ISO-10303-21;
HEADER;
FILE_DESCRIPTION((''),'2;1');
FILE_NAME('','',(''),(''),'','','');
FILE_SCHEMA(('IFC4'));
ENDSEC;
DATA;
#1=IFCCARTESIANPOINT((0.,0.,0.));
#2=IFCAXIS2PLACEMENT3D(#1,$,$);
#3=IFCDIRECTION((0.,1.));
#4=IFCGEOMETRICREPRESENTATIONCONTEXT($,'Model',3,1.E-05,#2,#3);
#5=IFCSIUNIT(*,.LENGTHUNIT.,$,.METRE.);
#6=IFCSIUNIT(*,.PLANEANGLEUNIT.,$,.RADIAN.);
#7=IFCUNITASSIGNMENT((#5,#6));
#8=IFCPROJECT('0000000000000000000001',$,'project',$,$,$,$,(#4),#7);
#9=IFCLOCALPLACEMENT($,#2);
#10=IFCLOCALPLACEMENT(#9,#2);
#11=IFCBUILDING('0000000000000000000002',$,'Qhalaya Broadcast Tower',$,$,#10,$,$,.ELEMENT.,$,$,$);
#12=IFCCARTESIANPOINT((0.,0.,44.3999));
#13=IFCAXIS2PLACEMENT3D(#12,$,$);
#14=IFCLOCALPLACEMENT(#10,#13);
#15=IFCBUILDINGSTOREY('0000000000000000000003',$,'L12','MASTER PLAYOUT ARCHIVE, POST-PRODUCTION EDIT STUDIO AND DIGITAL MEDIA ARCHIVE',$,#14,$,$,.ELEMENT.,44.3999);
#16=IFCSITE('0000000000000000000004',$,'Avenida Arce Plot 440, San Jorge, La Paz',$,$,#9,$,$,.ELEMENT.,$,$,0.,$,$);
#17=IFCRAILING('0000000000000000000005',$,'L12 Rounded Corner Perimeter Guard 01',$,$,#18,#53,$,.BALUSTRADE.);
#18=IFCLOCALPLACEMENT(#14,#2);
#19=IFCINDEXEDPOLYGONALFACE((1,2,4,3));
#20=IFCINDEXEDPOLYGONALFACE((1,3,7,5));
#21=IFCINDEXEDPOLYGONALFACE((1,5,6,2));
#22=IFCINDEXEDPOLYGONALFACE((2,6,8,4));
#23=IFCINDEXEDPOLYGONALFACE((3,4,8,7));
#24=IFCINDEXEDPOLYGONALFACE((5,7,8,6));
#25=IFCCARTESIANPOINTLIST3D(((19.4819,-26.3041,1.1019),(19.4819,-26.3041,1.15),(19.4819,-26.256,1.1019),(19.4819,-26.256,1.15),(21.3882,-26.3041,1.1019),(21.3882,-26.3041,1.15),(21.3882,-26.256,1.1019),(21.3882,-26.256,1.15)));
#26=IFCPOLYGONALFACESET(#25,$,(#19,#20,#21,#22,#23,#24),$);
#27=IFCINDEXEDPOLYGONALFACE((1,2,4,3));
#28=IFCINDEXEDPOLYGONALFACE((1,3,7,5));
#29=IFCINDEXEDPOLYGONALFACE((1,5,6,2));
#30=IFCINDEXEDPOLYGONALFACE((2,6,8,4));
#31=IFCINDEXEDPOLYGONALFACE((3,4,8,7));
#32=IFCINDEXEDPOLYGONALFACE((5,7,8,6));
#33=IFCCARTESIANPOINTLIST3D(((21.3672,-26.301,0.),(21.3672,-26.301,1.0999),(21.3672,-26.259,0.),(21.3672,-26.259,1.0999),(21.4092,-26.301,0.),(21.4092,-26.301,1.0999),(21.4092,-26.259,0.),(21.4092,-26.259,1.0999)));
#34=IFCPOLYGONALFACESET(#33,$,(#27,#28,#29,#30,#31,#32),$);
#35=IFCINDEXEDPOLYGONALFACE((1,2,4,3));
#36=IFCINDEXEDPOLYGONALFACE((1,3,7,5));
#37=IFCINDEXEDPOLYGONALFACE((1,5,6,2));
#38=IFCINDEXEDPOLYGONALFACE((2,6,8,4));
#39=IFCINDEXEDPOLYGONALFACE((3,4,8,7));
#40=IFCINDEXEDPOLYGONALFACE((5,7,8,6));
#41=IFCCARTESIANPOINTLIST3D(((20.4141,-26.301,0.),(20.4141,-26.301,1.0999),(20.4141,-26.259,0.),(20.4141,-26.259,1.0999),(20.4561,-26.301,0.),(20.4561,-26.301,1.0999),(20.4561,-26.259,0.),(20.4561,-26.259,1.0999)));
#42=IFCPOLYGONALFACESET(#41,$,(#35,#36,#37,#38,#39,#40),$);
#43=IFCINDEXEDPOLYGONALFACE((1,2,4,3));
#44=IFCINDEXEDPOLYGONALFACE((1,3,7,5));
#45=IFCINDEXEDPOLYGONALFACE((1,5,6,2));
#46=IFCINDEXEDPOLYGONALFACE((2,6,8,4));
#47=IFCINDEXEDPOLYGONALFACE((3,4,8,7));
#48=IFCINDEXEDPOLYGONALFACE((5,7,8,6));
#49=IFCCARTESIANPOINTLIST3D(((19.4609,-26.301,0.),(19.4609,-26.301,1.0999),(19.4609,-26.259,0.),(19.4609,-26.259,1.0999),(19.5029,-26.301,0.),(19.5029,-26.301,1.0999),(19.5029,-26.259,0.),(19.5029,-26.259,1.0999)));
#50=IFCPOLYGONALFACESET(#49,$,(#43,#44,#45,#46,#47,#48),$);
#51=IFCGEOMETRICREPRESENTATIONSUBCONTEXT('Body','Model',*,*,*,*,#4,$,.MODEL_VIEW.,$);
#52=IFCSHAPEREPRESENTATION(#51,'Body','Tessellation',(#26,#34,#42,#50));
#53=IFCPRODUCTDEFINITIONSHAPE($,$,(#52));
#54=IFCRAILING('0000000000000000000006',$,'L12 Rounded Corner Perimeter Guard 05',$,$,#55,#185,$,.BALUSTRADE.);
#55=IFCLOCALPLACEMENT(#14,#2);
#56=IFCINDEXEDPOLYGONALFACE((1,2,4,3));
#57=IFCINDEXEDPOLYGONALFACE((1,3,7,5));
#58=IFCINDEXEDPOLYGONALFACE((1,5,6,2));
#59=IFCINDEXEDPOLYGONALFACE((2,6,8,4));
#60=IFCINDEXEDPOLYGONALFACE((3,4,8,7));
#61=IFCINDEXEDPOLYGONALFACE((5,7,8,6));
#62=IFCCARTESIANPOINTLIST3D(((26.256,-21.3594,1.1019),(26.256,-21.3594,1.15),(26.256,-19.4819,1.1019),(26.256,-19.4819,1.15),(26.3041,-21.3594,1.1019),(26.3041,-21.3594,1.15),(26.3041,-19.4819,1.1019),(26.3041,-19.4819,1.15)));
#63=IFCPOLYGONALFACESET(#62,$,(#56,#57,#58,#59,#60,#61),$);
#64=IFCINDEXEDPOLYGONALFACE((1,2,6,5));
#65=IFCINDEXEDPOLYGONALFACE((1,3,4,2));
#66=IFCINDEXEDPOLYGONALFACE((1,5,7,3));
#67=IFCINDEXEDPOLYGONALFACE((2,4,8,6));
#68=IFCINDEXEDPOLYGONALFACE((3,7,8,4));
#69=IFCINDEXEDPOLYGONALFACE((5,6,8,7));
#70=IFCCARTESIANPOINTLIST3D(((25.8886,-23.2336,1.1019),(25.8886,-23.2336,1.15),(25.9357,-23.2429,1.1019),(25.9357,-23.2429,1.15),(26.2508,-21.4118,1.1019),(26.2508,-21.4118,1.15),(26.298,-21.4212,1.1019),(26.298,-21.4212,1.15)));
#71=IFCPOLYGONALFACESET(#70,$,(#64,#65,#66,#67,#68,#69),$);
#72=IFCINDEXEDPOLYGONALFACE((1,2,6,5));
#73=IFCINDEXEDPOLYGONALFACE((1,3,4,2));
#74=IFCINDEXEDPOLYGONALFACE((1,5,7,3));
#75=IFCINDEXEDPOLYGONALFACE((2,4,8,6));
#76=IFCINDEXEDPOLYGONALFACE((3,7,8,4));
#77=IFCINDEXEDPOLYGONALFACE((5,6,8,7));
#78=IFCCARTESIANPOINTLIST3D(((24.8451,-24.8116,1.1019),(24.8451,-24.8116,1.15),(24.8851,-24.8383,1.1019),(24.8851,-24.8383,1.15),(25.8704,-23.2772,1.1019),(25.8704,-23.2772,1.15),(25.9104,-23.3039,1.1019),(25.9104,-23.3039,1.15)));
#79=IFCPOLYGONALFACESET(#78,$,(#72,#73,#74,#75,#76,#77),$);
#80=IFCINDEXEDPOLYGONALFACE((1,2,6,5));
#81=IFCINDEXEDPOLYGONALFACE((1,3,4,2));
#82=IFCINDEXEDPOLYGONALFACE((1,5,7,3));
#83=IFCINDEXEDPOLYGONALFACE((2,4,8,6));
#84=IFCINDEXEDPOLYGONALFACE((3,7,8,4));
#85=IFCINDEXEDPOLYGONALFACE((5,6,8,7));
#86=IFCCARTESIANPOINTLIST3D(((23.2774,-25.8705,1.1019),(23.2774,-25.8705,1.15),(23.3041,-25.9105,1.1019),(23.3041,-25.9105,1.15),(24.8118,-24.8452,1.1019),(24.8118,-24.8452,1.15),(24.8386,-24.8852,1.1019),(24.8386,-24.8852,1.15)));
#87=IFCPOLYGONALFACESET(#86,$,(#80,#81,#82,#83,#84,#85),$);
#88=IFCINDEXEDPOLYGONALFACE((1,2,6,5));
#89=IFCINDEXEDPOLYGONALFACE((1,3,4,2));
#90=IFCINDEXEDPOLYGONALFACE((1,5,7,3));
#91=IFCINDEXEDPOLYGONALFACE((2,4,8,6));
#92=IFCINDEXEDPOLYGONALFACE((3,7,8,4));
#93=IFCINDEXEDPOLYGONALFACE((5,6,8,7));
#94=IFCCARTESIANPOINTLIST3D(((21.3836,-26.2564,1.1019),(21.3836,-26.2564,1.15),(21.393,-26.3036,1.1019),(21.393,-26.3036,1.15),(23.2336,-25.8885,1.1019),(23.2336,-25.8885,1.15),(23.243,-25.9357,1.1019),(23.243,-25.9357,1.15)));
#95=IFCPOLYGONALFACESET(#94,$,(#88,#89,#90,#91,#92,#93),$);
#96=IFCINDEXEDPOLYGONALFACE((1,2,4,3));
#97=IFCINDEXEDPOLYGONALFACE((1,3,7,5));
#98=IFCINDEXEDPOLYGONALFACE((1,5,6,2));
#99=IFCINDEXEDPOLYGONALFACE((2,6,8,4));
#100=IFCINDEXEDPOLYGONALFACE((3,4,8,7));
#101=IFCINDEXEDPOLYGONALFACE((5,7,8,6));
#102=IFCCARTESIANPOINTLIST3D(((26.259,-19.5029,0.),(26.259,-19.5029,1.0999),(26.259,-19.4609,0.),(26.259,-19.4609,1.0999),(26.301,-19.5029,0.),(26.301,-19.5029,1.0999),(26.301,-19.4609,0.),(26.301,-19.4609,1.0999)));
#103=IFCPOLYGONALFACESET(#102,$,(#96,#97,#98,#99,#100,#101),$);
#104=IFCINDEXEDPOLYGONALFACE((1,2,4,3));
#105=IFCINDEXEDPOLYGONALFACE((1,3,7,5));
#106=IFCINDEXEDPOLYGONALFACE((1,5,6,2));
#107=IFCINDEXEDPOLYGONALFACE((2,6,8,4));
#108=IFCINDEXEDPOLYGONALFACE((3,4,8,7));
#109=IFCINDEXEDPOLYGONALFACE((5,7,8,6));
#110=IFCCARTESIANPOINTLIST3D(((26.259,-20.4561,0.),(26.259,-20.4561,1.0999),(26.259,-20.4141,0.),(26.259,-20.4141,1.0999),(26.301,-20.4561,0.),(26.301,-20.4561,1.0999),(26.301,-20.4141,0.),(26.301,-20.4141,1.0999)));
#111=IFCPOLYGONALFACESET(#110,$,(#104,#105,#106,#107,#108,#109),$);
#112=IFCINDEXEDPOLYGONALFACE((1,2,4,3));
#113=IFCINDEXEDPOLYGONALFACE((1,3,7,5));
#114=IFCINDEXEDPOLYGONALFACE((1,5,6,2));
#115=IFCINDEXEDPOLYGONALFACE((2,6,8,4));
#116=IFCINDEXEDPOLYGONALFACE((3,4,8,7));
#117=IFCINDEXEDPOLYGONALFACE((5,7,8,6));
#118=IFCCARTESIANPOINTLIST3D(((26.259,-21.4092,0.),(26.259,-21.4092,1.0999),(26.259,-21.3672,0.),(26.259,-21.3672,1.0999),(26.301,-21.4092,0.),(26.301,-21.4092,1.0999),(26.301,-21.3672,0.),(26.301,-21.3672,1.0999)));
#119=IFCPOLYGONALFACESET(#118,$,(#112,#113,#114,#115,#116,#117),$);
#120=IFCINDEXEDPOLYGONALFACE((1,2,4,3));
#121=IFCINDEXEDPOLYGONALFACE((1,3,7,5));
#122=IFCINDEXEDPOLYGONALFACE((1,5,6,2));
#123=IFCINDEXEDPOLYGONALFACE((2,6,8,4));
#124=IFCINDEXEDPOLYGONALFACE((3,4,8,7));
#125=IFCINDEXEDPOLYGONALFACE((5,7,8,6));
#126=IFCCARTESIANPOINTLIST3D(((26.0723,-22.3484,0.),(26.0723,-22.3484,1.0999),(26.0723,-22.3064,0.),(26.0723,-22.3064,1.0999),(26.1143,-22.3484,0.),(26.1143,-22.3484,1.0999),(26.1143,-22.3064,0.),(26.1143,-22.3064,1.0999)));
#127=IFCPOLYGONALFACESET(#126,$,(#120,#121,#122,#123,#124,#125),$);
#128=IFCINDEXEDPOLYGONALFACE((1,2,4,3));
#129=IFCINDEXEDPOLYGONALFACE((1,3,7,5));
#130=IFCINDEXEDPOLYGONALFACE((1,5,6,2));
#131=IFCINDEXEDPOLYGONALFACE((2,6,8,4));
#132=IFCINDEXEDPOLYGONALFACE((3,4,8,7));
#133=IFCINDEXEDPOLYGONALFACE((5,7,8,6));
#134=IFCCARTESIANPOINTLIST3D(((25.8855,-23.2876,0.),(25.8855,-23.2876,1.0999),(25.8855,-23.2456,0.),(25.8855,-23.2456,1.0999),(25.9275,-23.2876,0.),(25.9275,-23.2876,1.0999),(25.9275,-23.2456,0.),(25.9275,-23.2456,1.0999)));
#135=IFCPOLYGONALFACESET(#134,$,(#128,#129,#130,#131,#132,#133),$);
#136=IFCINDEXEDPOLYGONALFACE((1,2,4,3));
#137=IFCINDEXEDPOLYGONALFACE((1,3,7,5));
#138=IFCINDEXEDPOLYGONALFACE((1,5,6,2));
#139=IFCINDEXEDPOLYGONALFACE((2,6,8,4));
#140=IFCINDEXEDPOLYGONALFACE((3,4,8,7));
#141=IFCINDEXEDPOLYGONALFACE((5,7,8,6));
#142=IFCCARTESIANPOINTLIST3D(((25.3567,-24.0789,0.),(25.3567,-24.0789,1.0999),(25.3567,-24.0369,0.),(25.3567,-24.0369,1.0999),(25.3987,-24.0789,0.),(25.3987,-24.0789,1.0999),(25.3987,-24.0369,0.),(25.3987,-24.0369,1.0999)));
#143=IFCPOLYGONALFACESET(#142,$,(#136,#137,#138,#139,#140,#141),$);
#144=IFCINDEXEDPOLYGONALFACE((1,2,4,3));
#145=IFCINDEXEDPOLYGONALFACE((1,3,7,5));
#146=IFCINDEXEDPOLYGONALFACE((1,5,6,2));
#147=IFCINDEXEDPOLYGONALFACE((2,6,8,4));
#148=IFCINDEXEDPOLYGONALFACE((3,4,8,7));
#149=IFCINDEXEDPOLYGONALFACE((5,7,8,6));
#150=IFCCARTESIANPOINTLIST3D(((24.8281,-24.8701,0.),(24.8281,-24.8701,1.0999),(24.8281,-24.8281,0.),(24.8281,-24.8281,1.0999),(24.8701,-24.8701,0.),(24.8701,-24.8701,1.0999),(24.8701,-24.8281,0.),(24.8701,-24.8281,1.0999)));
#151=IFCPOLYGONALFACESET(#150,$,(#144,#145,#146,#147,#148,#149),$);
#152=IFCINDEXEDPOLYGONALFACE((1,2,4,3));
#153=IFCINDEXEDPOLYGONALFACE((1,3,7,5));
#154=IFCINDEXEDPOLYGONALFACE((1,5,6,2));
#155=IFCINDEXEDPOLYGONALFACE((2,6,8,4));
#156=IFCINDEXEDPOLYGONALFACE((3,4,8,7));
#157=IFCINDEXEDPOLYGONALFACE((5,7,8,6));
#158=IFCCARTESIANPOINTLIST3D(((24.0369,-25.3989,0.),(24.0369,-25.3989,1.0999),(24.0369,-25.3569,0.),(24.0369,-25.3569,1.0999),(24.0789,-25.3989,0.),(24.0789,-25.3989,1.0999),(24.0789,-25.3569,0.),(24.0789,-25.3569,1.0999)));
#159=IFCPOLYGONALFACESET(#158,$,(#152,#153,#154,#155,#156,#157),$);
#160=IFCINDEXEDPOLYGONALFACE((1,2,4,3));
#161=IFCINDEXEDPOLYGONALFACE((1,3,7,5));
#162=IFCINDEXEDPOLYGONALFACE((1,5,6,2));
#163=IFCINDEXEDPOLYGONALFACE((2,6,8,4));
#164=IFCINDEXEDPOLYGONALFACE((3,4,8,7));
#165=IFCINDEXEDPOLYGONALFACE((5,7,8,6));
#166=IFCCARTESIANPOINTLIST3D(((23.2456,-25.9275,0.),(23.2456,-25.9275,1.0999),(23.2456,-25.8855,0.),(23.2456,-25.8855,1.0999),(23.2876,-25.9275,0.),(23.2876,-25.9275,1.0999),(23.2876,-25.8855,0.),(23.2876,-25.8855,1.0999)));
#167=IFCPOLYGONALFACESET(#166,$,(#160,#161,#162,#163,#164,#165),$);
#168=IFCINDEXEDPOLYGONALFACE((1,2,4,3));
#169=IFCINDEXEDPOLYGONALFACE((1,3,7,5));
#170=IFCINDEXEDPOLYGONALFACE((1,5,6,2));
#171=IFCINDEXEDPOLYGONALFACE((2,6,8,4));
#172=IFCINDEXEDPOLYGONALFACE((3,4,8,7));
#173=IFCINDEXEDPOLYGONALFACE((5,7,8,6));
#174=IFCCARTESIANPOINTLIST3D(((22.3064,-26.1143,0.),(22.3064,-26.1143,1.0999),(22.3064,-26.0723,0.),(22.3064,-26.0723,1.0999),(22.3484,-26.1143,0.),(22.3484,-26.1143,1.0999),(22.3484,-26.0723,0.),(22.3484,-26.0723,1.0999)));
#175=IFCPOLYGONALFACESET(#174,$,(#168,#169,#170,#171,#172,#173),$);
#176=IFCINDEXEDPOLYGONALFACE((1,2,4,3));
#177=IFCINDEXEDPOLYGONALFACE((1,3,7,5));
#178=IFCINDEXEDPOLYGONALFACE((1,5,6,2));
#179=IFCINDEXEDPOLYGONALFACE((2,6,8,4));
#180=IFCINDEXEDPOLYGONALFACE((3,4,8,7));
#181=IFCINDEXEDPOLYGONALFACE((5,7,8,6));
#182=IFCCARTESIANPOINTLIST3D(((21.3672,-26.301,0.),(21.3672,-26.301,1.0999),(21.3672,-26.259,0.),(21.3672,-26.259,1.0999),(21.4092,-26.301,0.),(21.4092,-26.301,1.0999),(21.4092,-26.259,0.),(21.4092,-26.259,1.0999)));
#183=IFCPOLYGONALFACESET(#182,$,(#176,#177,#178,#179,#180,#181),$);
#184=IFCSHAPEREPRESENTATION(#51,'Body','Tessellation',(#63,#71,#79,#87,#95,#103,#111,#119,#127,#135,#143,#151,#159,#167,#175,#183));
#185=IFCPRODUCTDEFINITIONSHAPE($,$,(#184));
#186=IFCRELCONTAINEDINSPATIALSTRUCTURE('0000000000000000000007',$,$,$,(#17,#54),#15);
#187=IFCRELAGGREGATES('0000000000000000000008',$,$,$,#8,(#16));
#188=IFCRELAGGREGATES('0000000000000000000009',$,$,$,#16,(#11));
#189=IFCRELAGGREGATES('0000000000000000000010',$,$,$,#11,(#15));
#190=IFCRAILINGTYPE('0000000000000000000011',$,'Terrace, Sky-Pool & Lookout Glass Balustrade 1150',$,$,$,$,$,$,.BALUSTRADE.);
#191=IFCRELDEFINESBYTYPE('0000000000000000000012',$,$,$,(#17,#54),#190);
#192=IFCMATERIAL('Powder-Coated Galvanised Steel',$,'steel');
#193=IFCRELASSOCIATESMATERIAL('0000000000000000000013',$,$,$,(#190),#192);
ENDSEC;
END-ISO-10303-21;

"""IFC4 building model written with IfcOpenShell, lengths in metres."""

from ifc_helpers import new_model, si_unit, direction, frame, origin, origin_2d, place, context, subcontext, project, spatial, rectangle, extrude, material, type_object, element, save


model = new_model("IFC4")

# Units and contexts
model_context = context("Model", 3, precision=1e-05, world=origin(), true_north=direction((0.0, 1.0)))
body_context = subcontext(model_context, "Body", "Model", "MODEL_VIEW")
ifc_project = project(units=[si_unit("LENGTHUNIT", "METRE"), si_unit("PLANEANGLEUNIT", "RADIAN")], contexts=[model_context])

# Site, building, storey
site_placement = place(None, origin())
site = spatial("IfcSite", under=ifc_project, at=site_placement, Name="Avenida Arce Plot 440, San Jorge, La Paz", CompositionType="ELEMENT", RefElevation=0.0)
building_placement = place(site_placement, origin())
building = spatial("IfcBuilding", under=site, at=building_placement, Name="Qhalaya Broadcast Tower", CompositionType="ELEMENT")
storey_placement = place(building_placement, frame((0.0, 0.0, 44.3999)))
storey = spatial("IfcBuildingStorey", under=building, at=storey_placement, Name="L12", Description="MASTER PLAYOUT ARCHIVE, POST-PRODUCTION EDIT STUDIO AND DIGITAL MEDIA ARCHIVE", CompositionType="ELEMENT", Elevation=44.3999)

# Railings
ifc_material_1 = material(Name="Powder-Coated Galvanised Steel", Category="steel")
railing_type = type_object("IfcRailingType", Name="Terrace, Sky-Pool & Lookout Glass Balustrade 1150", PredefinedType="BALUSTRADE", material=ifc_material_1)
railing_1_placement = place(storey_placement, frame((21.3882, -26.28, 0.0)))
element("IfcRailing", 1, at=railing_1_placement, inside=storey, type_object=railing_type, Name="L12 Rounded Corner Perimeter Guard 01", PredefinedType="BALUSTRADE", context=body_context, shape_type="SweptSolid", body=[
    extrude(rectangle(XDim=0.0481, YDim=0.0481, at=origin_2d()), frame((0.0, 0.0, 1.126), z_axis=(-1.0, 0.0, 0.0), x_axis=(0.0, -1.0, 0.0)), (0.0, 0.0, 1.0), 1.9062),
    extrude(rectangle(XDim=0.042, YDim=0.042, at=origin_2d()), origin(), (0.0, 0.0, 1.0), 1.0999),
    extrude(rectangle(XDim=0.042, YDim=0.042, at=origin_2d()), frame((-0.9531, 0.0, 0.0)), (0.0, 0.0, 1.0), 1.0999),
    extrude(rectangle(XDim=0.042, YDim=0.042, at=origin_2d()), frame((-1.9062, 0.0, 0.0)), (0.0, 0.0, 1.0), 1.0999),
])
railing_2_placement = place(storey_placement, frame((26.28, -19.4819, 0.0)))
element("IfcRailing", 2, at=railing_2_placement, inside=storey, type_object=railing_type, Name="L12 Rounded Corner Perimeter Guard 05", PredefinedType="BALUSTRADE", context=body_context, shape_type="SweptSolid", body=[
    extrude(rectangle(XDim=0.0481, YDim=0.0481, at=origin_2d()), frame((0.0, 0.0, 1.126), z_axis=(0.0, -1.0, 0.0), x_axis=(1.0, 0.0, 0.0)), (0.0, 0.0, 1.0), 1.8774),
    extrude(rectangle(XDim=0.0481, YDim=0.0481, at=origin_2d()), frame((-0.0056, -1.9346, 1.126), z_axis=(-0.195037, -0.980796, 0.0), x_axis=(0.980796, -0.195037, 0.0)), (0.0, 0.0, 1.0), 1.8574),
    extrude(rectangle(XDim=0.0481, YDim=0.0481, at=origin_2d()), frame((-0.3896, -3.8086, 1.126), z_axis=(-0.555558, -0.831478, 0.0), x_axis=(0.831478, -0.555558, 0.0)), (0.0, 0.0, 1.0), 1.8455),
    extrude(rectangle(XDim=0.0481, YDim=0.0481, at=origin_2d()), frame((-1.4548, -5.3833, 1.126), z_axis=(-0.831478, -0.555558, 0.0), x_axis=(0.555558, -0.831478, 0.0)), (0.0, 0.0, 1.0), 1.8455),
    extrude(rectangle(XDim=0.0481, YDim=0.0481, at=origin_2d()), frame((-3.0417, -6.4302, 1.126), z_axis=(-0.980796, -0.195037, 0.0), x_axis=(0.195037, -0.980796, 0.0)), (0.0, 0.0, 1.0), 1.8862),
    extrude(rectangle(XDim=0.042, YDim=0.042, at=origin_2d()), origin(), (0.0, 0.0, 1.0), 1.0999),
    extrude(rectangle(XDim=0.042, YDim=0.042, at=origin_2d()), frame((0.0, -0.9531, 0.0)), (0.0, 0.0, 1.0), 1.0999),
    extrude(rectangle(XDim=0.042, YDim=0.042, at=origin_2d()), frame((0.0, -1.9062, 0.0)), (0.0, 0.0, 1.0), 1.0999),
    extrude(rectangle(XDim=0.042, YDim=0.042, at=origin_2d()), frame((-0.1868, -2.8455, 0.0)), (0.0, 0.0, 1.0), 1.0999),
    extrude(rectangle(XDim=0.042, YDim=0.042, at=origin_2d()), frame((-0.3735, -3.7847, 0.0)), (0.0, 0.0, 1.0), 1.0999),
    extrude(rectangle(XDim=0.042, YDim=0.042, at=origin_2d()), frame((-0.9023, -4.5759, 0.0)), (0.0, 0.0, 1.0), 1.0999),
    extrude(rectangle(XDim=0.042, YDim=0.042, at=origin_2d()), frame((-1.4309, -5.3672, 0.0)), (0.0, 0.0, 1.0), 1.0999),
    extrude(rectangle(XDim=0.042, YDim=0.042, at=origin_2d()), frame((-2.2222, -5.896, 0.0)), (0.0, 0.0, 1.0), 1.0999),
    extrude(rectangle(XDim=0.042, YDim=0.042, at=origin_2d()), frame((-3.0134, -6.4246, 0.0)), (0.0, 0.0, 1.0), 1.0999),
    extrude(rectangle(XDim=0.042, YDim=0.042, at=origin_2d()), frame((-3.9526, -6.6113, 0.0)), (0.0, 0.0, 1.0), 1.0999),
    extrude(rectangle(XDim=0.042, YDim=0.042, at=origin_2d()), frame((-4.8918, -6.7981, 0.0)), (0.0, 0.0, 1.0), 1.0999),
])

save(model, "model.ifc")
